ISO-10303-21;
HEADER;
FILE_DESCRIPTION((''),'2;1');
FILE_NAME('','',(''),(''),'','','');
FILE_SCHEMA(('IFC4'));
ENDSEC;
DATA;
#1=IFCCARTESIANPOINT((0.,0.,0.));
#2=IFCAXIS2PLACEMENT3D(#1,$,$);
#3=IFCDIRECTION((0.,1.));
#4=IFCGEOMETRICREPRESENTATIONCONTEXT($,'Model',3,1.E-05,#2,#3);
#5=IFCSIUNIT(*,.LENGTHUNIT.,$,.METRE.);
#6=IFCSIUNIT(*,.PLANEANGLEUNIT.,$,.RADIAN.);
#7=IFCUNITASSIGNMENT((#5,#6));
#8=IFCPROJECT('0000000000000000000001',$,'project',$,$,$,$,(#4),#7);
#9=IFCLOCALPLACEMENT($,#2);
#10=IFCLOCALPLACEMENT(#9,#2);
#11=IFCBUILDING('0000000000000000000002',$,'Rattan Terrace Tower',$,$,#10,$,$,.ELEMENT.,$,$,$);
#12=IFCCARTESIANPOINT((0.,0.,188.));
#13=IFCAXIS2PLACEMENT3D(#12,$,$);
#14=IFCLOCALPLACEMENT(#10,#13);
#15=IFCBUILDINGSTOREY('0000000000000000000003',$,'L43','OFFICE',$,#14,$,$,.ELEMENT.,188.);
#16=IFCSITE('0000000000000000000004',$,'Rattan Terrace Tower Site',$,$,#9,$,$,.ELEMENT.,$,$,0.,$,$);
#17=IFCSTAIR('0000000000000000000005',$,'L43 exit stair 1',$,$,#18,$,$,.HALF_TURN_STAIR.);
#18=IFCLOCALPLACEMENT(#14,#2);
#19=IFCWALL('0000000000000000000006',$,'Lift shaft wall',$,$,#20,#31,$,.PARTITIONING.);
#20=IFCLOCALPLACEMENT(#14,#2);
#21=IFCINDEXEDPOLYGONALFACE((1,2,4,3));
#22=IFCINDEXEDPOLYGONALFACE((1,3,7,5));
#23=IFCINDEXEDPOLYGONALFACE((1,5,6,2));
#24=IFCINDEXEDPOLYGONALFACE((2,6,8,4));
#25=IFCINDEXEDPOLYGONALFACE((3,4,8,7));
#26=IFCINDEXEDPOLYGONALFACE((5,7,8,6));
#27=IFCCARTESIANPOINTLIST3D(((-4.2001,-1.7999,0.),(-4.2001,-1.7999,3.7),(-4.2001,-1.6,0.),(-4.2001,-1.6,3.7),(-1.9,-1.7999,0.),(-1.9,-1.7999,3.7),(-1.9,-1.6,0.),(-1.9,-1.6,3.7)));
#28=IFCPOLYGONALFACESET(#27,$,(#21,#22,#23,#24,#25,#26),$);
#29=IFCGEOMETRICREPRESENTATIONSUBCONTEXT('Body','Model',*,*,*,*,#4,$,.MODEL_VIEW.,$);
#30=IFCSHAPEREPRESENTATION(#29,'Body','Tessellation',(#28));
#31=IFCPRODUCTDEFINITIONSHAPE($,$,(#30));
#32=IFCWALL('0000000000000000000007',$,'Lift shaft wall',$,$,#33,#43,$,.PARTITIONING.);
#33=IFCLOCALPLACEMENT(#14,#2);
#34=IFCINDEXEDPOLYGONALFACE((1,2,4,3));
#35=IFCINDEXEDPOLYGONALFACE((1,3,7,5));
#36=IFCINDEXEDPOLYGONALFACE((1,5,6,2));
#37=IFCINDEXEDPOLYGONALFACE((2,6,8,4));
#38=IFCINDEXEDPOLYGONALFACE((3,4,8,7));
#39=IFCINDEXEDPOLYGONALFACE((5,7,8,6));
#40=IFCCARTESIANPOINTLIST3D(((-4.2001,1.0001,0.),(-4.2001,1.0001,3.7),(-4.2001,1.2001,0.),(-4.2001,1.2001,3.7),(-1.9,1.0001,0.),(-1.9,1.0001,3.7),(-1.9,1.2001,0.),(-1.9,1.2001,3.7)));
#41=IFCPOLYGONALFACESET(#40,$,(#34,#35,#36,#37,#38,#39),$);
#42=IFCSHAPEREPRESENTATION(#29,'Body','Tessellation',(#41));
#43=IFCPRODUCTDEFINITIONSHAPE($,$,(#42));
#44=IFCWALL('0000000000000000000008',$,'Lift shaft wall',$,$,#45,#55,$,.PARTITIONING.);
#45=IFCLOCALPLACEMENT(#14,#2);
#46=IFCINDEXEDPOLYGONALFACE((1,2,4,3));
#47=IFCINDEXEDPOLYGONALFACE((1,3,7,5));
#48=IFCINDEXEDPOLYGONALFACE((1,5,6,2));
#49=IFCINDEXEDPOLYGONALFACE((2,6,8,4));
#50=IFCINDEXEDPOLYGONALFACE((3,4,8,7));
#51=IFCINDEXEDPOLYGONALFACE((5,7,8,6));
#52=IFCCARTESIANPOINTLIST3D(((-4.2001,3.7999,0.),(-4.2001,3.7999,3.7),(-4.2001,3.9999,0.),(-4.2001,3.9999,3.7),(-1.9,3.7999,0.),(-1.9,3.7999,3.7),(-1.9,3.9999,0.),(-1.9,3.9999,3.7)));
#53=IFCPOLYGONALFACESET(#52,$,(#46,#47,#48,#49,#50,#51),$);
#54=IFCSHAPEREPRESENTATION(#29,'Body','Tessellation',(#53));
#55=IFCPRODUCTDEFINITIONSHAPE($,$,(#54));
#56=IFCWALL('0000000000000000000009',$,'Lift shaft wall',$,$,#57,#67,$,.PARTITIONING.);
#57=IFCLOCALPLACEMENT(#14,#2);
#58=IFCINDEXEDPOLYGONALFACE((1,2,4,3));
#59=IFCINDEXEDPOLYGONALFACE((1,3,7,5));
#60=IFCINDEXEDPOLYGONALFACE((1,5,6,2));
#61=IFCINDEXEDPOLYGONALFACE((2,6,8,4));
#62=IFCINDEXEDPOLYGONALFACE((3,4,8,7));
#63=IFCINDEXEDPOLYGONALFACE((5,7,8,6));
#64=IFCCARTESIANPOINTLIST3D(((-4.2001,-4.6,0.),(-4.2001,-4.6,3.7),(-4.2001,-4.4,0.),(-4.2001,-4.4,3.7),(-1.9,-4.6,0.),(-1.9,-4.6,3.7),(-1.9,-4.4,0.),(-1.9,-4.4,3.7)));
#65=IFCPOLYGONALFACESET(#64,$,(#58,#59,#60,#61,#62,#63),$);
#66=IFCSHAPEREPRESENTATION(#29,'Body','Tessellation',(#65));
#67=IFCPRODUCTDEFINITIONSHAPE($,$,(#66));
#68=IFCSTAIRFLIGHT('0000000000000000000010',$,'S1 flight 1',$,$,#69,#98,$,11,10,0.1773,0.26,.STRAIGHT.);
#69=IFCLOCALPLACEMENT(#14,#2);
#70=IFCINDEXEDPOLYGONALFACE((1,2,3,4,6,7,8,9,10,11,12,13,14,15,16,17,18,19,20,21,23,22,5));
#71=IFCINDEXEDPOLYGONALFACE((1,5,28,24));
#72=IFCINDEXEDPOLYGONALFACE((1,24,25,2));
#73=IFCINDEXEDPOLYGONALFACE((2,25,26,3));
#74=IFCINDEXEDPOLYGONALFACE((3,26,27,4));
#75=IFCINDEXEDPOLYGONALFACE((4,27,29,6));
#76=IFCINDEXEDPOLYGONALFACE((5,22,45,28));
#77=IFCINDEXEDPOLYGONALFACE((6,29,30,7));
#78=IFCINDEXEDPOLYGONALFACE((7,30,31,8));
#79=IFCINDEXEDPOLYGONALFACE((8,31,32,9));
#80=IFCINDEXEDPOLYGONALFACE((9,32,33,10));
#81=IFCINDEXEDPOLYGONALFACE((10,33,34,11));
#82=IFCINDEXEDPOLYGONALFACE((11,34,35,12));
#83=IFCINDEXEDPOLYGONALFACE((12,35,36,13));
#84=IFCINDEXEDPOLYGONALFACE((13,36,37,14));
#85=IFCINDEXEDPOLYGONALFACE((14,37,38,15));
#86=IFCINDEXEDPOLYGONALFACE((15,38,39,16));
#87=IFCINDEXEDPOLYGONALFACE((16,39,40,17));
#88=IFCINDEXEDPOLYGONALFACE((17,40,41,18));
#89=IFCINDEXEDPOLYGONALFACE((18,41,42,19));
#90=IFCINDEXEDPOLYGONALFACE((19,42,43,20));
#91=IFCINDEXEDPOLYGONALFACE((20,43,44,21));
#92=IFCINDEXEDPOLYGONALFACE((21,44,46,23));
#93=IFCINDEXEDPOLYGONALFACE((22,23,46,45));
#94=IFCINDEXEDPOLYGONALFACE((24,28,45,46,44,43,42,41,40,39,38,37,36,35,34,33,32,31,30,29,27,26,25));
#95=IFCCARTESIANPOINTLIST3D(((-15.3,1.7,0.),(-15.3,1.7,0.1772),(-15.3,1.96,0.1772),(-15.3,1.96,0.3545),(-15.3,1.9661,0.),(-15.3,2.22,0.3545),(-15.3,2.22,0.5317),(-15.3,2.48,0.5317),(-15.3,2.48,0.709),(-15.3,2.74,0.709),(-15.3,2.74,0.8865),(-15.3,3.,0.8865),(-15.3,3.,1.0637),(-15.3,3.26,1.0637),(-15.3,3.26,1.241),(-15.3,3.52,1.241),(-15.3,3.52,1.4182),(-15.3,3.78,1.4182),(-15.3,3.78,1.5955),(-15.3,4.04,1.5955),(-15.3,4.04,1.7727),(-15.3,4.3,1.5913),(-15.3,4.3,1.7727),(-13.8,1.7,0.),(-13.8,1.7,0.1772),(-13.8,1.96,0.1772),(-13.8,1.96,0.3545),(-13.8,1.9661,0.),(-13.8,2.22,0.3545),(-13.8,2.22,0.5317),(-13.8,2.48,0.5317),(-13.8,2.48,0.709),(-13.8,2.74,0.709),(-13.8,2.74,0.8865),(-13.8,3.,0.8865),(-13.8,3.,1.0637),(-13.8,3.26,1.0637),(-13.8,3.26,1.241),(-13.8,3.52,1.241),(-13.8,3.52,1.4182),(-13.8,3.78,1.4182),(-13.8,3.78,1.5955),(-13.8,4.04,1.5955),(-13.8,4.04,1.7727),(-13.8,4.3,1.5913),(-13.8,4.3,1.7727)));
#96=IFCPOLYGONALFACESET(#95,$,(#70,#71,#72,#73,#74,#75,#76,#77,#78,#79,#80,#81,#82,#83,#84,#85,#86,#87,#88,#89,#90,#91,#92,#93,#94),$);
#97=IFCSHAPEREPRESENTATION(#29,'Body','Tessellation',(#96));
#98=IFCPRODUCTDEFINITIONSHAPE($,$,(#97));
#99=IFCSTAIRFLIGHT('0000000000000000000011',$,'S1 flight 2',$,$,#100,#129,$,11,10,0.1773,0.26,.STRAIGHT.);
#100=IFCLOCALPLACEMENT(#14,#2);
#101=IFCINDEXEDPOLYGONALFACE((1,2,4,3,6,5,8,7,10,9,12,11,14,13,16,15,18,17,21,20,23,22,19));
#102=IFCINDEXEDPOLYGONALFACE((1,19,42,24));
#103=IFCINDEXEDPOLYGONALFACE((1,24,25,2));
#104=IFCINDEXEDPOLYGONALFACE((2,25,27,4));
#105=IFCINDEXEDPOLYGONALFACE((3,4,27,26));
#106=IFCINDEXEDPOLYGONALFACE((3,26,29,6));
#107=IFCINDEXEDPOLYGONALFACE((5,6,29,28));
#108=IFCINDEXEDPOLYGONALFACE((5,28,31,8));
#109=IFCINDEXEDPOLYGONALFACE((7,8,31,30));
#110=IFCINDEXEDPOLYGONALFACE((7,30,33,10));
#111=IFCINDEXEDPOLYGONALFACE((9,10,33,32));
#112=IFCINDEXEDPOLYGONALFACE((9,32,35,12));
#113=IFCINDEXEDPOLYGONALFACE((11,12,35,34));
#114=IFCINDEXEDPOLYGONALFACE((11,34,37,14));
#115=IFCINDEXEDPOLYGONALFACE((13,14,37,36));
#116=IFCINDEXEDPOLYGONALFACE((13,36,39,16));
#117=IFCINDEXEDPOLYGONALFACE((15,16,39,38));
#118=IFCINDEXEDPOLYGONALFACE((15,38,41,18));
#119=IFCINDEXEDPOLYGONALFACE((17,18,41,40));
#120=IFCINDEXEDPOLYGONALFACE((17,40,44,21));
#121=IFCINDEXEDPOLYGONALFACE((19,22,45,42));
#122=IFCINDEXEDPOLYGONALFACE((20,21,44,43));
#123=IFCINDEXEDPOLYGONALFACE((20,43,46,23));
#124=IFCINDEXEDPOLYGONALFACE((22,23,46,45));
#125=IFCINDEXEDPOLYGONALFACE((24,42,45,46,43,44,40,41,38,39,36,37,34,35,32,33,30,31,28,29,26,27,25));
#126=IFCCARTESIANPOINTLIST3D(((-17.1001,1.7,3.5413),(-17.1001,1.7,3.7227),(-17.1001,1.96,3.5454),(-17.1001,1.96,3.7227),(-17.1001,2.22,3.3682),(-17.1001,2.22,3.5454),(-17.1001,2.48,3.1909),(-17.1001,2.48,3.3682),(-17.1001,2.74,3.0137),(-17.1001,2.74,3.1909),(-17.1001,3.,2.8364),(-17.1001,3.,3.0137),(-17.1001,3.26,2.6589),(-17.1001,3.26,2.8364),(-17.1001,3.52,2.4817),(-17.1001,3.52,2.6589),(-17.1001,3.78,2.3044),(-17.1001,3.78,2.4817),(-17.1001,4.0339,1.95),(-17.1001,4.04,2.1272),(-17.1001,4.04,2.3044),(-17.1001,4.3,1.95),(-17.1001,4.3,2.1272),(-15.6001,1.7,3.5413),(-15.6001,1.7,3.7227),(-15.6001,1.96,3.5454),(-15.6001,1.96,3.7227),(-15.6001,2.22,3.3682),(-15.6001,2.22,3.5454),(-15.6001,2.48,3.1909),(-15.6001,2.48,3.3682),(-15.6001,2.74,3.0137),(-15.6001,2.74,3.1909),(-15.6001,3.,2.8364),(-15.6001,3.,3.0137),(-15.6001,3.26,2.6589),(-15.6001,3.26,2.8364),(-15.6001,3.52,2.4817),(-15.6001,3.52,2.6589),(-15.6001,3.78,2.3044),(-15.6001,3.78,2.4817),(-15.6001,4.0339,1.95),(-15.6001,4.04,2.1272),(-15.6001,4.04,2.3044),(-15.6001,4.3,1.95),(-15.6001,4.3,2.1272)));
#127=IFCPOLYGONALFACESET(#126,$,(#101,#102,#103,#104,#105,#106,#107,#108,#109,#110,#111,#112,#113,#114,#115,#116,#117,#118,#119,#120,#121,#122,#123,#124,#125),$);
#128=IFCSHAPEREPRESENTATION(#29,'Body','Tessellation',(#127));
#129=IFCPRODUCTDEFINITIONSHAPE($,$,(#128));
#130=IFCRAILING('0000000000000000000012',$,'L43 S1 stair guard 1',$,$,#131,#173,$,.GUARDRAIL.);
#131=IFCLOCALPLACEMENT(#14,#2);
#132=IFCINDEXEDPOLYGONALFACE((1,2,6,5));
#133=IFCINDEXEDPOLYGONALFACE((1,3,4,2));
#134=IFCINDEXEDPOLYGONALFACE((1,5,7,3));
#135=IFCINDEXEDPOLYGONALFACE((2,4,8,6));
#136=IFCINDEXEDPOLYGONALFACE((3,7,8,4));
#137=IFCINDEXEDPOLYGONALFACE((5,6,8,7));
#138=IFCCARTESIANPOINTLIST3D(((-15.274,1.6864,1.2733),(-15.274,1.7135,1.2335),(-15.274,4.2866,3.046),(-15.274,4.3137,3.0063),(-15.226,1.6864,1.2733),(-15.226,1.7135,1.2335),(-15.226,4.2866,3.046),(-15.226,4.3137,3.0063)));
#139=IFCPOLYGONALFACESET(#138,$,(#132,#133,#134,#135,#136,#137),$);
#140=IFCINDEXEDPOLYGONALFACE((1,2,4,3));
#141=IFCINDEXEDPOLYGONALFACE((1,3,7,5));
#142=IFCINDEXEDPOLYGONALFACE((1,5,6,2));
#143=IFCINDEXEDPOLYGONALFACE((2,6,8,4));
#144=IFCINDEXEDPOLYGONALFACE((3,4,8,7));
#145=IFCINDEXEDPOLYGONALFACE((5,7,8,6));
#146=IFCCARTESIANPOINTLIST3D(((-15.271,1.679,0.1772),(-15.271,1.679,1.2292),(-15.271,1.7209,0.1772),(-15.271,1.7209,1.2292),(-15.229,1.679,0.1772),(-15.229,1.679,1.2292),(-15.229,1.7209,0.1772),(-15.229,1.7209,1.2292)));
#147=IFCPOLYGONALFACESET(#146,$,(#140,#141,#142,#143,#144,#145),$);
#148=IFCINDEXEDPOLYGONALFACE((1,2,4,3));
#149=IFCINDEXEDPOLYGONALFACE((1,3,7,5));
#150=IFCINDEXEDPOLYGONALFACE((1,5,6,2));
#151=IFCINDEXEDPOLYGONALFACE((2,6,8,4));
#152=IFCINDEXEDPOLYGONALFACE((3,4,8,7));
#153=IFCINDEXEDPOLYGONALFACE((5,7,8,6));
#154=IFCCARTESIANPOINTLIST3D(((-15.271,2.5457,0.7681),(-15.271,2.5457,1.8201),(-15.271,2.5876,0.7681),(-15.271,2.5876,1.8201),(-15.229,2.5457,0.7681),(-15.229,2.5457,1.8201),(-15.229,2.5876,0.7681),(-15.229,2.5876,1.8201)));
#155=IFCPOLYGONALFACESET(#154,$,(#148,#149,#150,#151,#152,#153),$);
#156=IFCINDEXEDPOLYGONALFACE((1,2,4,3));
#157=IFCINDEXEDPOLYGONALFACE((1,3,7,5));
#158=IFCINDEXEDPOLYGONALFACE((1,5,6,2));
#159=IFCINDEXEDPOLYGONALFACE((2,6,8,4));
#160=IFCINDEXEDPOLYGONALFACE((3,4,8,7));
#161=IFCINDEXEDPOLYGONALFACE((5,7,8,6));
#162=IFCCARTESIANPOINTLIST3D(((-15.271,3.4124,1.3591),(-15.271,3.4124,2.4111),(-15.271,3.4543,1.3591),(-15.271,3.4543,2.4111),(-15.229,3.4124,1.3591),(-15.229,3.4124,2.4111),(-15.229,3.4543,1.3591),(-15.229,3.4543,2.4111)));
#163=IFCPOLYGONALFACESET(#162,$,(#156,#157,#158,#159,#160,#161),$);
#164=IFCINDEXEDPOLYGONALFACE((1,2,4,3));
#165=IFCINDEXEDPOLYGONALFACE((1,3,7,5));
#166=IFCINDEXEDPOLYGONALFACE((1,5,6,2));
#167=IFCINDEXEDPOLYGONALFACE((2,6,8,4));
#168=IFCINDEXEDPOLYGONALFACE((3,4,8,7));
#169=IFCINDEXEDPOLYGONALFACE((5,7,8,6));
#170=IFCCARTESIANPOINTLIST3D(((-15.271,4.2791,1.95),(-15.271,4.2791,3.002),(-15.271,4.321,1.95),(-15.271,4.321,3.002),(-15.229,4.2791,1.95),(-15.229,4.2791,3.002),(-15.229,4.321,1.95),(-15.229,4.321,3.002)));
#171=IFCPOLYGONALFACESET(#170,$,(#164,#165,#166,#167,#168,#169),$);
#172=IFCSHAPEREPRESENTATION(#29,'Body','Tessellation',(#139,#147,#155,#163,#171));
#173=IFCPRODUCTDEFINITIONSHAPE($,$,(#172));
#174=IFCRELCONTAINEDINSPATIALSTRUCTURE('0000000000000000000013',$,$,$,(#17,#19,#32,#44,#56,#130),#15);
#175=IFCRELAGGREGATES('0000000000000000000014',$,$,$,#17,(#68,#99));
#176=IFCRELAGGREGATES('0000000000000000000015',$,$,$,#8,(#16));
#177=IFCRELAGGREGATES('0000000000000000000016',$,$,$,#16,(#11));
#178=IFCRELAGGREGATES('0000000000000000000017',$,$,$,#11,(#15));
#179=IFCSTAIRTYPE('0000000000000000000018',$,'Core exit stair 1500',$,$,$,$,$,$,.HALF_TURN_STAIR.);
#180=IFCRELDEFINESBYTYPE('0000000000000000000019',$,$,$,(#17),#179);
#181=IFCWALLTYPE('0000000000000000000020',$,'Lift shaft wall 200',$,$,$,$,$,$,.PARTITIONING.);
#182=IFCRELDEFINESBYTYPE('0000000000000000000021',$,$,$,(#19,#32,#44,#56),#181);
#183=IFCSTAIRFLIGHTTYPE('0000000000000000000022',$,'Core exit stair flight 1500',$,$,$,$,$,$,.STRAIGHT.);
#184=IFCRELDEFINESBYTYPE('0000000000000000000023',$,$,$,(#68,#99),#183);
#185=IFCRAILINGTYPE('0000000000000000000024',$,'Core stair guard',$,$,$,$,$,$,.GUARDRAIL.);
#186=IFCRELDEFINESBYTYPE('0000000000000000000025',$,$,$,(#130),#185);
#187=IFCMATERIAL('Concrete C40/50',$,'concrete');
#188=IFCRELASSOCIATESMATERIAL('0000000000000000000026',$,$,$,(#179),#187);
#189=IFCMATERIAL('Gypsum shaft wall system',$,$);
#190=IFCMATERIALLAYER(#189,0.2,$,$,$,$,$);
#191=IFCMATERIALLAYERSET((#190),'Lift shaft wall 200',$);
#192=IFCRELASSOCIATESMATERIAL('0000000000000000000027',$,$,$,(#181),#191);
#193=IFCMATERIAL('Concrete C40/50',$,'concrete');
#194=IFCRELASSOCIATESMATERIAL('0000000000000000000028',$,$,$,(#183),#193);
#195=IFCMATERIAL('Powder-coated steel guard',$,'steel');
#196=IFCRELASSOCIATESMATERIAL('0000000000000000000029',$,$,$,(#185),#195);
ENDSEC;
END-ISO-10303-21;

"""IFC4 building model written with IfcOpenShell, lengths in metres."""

from ifc_helpers import new_model, si_unit, direction, frame, frame_2d, origin, origin_2d, place, context, subcontext, project, spatial, polyline, rectangle, outline, extrude, material, layer, layer_set, type_object, element, aggregate, save


model = new_model("IFC4")

# Units and contexts
model_context = context("Model", 3, precision=1e-05, world=origin(), true_north=direction((0.0, 1.0)))
body_context = subcontext(model_context, "Body", "Model", "MODEL_VIEW")
ifc_project = project(units=[si_unit("LENGTHUNIT", "METRE"), si_unit("PLANEANGLEUNIT", "RADIAN")], contexts=[model_context])

# Site, building, storey
site_placement = place(None, origin())
site = spatial("IfcSite", under=ifc_project, at=site_placement, Name="Rattan Terrace Tower Site", CompositionType="ELEMENT", RefElevation=0.0)
building_placement = place(site_placement, origin())
building = spatial("IfcBuilding", under=site, at=building_placement, Name="Rattan Terrace Tower", CompositionType="ELEMENT")
storey_placement = place(building_placement, frame((0.0, 0.0, 188.0)))
storey = spatial("IfcBuildingStorey", under=building, at=storey_placement, Name="L43", Description="OFFICE", CompositionType="ELEMENT", Elevation=188.0)

# Stair
ifc_material_1 = material(Name="Concrete C40/50", Category="concrete")
stair_type = type_object("IfcStairType", Name="Core exit stair 1500", PredefinedType="HALF_TURN_STAIR", material=ifc_material_1)
stair_1_placement = place(storey_placement, origin())
stair_1 = element("IfcStair", 1, at=stair_1_placement, inside=storey, type_object=stair_type, Name="L43 exit stair 1", PredefinedType="HALF_TURN_STAIR")

# Walls
ifc_material_2 = material(Name="Gypsum shaft wall system")
ifc_layer_1 = layer(ifc_material_2, 0.2)
ifc_layer_set_1 = layer_set([ifc_layer_1], Name="Lift shaft wall 200")
wall_type_1 = type_object("IfcWallType", Name="Lift shaft wall 200", PredefinedType="PARTITIONING", material=ifc_layer_set_1)
for number, where, z_axis, x_axis, name in (
    (2, (-4.2, -1.7, 0.0), (0.0, 0.0, 1.0), (1.0, 0.0, 0.0), "Lift shaft wall"),
    (3, (-4.2, 1.1001, 0.0), (0.0, 0.0, 1.0), (1.0, 0.0, 0.0), "Lift shaft wall"),
    (4, (-4.2, 3.8999, 0.0), (0.0, 0.0, 1.0), (1.0, 0.0, 0.0), "Lift shaft wall"),
    (5, (-4.2, -4.5, 0.0), (0.0, 0.0, 1.0), (1.0, 0.0, 0.0), "Lift shaft wall"),
):
    element("IfcWall", number, at=place(storey_placement, frame(where, z_axis=z_axis, x_axis=x_axis)), inside=storey, type_object=wall_type_1, Name=name, PredefinedType="PARTITIONING", context=body_context, shape_type="SweptSolid", body=[
        extrude(rectangle(XDim=2.3, YDim=0.2, at=frame_2d((1.1499, 0.0))), origin(), (0.0, 0.0, 1.0), 3.7),
    ])

# Stair flights
ifc_material_3 = material(Name="Concrete C40/50", Category="concrete")
stair_flight_type = type_object("IfcStairFlightType", Name="Core exit stair flight 1500", PredefinedType="STRAIGHT", material=ifc_material_3)
stair_flight_1_placement = place(storey_placement, frame((-14.55, 1.7, 0.0), z_axis=(0.0, 0.0, 1.0), x_axis=(0.0, 1.0, 0.0)))
stair_flight_1 = element("IfcStairFlight", 6, at=stair_flight_1_placement, type_object=stair_flight_type, Name="S1 flight 1", NumberOfRisers=11, NumberOfTreads=10, PredefinedType="STRAIGHT", RiserHeight=0.1773, TreadLength=0.26, context=body_context, shape_type="SweptSolid", body=[
    extrude(outline(polyline([(0.0, 0.0), (0.0, 0.1772), (0.26, 0.1772), (0.26, 0.3545), (0.52, 0.3545), (0.52, 0.5317), (0.78, 0.5317), (0.78, 0.709), (1.04, 0.709), (1.04, 0.8865), (1.3, 0.8865), (1.3, 1.0637), (1.5601, 1.0637), (1.5601, 1.241), (1.8201, 1.241), (1.8201, 1.4182), (2.0801, 1.4182), (2.0801, 1.5955), (2.3401, 1.5955), (2.3401, 1.7727), (2.6001, 1.7727), (2.6001, 1.95), (2.6001, 1.5913), (0.2661, 0.0), (0.0, 0.0)])), frame((0.0, 0.75, 0.0), z_axis=(0.0, -1.0, 0.0), x_axis=(1.0, 0.0, 0.0)), (0.0, 0.0, 1.0), 1.5),
])
stair_flight_2_placement = place(storey_placement, frame((-16.3501, 4.3, 1.95), z_axis=(0.0, 0.0, 1.0), x_axis=(0.0, -1.0, 0.0)))
stair_flight_2 = element("IfcStairFlight", 7, at=stair_flight_2_placement, type_object=stair_flight_type, Name="S1 flight 2", NumberOfRisers=11, NumberOfTreads=10, PredefinedType="STRAIGHT", RiserHeight=0.1773, TreadLength=0.26, context=body_context, shape_type="SweptSolid", body=[
    extrude(outline(polyline([(0.0, 0.0), (0.0, 0.1772), (0.26, 0.1772), (0.26, 0.3545), (0.52, 0.3545), (0.52, 0.5317), (0.78, 0.5317), (0.78, 0.709), (1.04, 0.709), (1.04, 0.8865), (1.3, 0.8865), (1.3, 1.0637), (1.5601, 1.0637), (1.5601, 1.241), (1.8201, 1.241), (1.8201, 1.4182), (2.0801, 1.4182), (2.0801, 1.5955), (2.3401, 1.5955), (2.3401, 1.7727), (2.6001, 1.7727), (2.6001, 1.95), (2.6001, 1.5913), (0.2661, 0.0), (0.0, 0.0)])), frame((0.0, 0.75, 0.0), z_axis=(0.0, -1.0, 0.0), x_axis=(1.0, 0.0, 0.0)), (0.0, 0.0, 1.0), 1.5),
])
aggregate(stair_1, [stair_flight_1, stair_flight_2])

# Railing
ifc_material_4 = material(Name="Powder-coated steel guard", Category="steel")
railing_type_1 = type_object("IfcRailingType", Name="Core stair guard", PredefinedType="GUARDRAIL", material=ifc_material_4)
railing_1_placement = place(storey_placement, frame((-15.25, 1.7, 0.1772)))
element("IfcRailing", 8, at=railing_1_placement, inside=storey, type_object=railing_type_1, Name="L43 S1 stair guard 1", PredefinedType="GUARDRAIL", context=body_context, shape_type="SweptSolid", body=[
    extrude(rectangle(XDim=0.0481, YDim=0.0481, at=origin_2d()), frame((0.0, 0.0, 1.0762), z_axis=(0.0, 0.82624, 0.563318), x_axis=(-1.0, 0.0, 0.0)), (0.0, 0.0, 1.0), 3.147),
    extrude(rectangle(XDim=0.042, YDim=0.042, at=origin_2d()), origin(), (0.0, 0.0, 1.0), 1.052),
    extrude(rectangle(XDim=0.042, YDim=0.042, at=origin_2d()), frame((0.0, 0.8667, 0.5908)), (0.0, 0.0, 1.0), 1.052),
    extrude(rectangle(XDim=0.042, YDim=0.042, at=origin_2d()), frame((0.0, 1.7334, 1.1819)), (0.0, 0.0, 1.0), 1.052),
    extrude(rectangle(XDim=0.042, YDim=0.042, at=origin_2d()), frame((0.0, 2.6001, 1.7727)), (0.0, 0.0, 1.0), 1.052),
])

save(model, "model.ifc")
